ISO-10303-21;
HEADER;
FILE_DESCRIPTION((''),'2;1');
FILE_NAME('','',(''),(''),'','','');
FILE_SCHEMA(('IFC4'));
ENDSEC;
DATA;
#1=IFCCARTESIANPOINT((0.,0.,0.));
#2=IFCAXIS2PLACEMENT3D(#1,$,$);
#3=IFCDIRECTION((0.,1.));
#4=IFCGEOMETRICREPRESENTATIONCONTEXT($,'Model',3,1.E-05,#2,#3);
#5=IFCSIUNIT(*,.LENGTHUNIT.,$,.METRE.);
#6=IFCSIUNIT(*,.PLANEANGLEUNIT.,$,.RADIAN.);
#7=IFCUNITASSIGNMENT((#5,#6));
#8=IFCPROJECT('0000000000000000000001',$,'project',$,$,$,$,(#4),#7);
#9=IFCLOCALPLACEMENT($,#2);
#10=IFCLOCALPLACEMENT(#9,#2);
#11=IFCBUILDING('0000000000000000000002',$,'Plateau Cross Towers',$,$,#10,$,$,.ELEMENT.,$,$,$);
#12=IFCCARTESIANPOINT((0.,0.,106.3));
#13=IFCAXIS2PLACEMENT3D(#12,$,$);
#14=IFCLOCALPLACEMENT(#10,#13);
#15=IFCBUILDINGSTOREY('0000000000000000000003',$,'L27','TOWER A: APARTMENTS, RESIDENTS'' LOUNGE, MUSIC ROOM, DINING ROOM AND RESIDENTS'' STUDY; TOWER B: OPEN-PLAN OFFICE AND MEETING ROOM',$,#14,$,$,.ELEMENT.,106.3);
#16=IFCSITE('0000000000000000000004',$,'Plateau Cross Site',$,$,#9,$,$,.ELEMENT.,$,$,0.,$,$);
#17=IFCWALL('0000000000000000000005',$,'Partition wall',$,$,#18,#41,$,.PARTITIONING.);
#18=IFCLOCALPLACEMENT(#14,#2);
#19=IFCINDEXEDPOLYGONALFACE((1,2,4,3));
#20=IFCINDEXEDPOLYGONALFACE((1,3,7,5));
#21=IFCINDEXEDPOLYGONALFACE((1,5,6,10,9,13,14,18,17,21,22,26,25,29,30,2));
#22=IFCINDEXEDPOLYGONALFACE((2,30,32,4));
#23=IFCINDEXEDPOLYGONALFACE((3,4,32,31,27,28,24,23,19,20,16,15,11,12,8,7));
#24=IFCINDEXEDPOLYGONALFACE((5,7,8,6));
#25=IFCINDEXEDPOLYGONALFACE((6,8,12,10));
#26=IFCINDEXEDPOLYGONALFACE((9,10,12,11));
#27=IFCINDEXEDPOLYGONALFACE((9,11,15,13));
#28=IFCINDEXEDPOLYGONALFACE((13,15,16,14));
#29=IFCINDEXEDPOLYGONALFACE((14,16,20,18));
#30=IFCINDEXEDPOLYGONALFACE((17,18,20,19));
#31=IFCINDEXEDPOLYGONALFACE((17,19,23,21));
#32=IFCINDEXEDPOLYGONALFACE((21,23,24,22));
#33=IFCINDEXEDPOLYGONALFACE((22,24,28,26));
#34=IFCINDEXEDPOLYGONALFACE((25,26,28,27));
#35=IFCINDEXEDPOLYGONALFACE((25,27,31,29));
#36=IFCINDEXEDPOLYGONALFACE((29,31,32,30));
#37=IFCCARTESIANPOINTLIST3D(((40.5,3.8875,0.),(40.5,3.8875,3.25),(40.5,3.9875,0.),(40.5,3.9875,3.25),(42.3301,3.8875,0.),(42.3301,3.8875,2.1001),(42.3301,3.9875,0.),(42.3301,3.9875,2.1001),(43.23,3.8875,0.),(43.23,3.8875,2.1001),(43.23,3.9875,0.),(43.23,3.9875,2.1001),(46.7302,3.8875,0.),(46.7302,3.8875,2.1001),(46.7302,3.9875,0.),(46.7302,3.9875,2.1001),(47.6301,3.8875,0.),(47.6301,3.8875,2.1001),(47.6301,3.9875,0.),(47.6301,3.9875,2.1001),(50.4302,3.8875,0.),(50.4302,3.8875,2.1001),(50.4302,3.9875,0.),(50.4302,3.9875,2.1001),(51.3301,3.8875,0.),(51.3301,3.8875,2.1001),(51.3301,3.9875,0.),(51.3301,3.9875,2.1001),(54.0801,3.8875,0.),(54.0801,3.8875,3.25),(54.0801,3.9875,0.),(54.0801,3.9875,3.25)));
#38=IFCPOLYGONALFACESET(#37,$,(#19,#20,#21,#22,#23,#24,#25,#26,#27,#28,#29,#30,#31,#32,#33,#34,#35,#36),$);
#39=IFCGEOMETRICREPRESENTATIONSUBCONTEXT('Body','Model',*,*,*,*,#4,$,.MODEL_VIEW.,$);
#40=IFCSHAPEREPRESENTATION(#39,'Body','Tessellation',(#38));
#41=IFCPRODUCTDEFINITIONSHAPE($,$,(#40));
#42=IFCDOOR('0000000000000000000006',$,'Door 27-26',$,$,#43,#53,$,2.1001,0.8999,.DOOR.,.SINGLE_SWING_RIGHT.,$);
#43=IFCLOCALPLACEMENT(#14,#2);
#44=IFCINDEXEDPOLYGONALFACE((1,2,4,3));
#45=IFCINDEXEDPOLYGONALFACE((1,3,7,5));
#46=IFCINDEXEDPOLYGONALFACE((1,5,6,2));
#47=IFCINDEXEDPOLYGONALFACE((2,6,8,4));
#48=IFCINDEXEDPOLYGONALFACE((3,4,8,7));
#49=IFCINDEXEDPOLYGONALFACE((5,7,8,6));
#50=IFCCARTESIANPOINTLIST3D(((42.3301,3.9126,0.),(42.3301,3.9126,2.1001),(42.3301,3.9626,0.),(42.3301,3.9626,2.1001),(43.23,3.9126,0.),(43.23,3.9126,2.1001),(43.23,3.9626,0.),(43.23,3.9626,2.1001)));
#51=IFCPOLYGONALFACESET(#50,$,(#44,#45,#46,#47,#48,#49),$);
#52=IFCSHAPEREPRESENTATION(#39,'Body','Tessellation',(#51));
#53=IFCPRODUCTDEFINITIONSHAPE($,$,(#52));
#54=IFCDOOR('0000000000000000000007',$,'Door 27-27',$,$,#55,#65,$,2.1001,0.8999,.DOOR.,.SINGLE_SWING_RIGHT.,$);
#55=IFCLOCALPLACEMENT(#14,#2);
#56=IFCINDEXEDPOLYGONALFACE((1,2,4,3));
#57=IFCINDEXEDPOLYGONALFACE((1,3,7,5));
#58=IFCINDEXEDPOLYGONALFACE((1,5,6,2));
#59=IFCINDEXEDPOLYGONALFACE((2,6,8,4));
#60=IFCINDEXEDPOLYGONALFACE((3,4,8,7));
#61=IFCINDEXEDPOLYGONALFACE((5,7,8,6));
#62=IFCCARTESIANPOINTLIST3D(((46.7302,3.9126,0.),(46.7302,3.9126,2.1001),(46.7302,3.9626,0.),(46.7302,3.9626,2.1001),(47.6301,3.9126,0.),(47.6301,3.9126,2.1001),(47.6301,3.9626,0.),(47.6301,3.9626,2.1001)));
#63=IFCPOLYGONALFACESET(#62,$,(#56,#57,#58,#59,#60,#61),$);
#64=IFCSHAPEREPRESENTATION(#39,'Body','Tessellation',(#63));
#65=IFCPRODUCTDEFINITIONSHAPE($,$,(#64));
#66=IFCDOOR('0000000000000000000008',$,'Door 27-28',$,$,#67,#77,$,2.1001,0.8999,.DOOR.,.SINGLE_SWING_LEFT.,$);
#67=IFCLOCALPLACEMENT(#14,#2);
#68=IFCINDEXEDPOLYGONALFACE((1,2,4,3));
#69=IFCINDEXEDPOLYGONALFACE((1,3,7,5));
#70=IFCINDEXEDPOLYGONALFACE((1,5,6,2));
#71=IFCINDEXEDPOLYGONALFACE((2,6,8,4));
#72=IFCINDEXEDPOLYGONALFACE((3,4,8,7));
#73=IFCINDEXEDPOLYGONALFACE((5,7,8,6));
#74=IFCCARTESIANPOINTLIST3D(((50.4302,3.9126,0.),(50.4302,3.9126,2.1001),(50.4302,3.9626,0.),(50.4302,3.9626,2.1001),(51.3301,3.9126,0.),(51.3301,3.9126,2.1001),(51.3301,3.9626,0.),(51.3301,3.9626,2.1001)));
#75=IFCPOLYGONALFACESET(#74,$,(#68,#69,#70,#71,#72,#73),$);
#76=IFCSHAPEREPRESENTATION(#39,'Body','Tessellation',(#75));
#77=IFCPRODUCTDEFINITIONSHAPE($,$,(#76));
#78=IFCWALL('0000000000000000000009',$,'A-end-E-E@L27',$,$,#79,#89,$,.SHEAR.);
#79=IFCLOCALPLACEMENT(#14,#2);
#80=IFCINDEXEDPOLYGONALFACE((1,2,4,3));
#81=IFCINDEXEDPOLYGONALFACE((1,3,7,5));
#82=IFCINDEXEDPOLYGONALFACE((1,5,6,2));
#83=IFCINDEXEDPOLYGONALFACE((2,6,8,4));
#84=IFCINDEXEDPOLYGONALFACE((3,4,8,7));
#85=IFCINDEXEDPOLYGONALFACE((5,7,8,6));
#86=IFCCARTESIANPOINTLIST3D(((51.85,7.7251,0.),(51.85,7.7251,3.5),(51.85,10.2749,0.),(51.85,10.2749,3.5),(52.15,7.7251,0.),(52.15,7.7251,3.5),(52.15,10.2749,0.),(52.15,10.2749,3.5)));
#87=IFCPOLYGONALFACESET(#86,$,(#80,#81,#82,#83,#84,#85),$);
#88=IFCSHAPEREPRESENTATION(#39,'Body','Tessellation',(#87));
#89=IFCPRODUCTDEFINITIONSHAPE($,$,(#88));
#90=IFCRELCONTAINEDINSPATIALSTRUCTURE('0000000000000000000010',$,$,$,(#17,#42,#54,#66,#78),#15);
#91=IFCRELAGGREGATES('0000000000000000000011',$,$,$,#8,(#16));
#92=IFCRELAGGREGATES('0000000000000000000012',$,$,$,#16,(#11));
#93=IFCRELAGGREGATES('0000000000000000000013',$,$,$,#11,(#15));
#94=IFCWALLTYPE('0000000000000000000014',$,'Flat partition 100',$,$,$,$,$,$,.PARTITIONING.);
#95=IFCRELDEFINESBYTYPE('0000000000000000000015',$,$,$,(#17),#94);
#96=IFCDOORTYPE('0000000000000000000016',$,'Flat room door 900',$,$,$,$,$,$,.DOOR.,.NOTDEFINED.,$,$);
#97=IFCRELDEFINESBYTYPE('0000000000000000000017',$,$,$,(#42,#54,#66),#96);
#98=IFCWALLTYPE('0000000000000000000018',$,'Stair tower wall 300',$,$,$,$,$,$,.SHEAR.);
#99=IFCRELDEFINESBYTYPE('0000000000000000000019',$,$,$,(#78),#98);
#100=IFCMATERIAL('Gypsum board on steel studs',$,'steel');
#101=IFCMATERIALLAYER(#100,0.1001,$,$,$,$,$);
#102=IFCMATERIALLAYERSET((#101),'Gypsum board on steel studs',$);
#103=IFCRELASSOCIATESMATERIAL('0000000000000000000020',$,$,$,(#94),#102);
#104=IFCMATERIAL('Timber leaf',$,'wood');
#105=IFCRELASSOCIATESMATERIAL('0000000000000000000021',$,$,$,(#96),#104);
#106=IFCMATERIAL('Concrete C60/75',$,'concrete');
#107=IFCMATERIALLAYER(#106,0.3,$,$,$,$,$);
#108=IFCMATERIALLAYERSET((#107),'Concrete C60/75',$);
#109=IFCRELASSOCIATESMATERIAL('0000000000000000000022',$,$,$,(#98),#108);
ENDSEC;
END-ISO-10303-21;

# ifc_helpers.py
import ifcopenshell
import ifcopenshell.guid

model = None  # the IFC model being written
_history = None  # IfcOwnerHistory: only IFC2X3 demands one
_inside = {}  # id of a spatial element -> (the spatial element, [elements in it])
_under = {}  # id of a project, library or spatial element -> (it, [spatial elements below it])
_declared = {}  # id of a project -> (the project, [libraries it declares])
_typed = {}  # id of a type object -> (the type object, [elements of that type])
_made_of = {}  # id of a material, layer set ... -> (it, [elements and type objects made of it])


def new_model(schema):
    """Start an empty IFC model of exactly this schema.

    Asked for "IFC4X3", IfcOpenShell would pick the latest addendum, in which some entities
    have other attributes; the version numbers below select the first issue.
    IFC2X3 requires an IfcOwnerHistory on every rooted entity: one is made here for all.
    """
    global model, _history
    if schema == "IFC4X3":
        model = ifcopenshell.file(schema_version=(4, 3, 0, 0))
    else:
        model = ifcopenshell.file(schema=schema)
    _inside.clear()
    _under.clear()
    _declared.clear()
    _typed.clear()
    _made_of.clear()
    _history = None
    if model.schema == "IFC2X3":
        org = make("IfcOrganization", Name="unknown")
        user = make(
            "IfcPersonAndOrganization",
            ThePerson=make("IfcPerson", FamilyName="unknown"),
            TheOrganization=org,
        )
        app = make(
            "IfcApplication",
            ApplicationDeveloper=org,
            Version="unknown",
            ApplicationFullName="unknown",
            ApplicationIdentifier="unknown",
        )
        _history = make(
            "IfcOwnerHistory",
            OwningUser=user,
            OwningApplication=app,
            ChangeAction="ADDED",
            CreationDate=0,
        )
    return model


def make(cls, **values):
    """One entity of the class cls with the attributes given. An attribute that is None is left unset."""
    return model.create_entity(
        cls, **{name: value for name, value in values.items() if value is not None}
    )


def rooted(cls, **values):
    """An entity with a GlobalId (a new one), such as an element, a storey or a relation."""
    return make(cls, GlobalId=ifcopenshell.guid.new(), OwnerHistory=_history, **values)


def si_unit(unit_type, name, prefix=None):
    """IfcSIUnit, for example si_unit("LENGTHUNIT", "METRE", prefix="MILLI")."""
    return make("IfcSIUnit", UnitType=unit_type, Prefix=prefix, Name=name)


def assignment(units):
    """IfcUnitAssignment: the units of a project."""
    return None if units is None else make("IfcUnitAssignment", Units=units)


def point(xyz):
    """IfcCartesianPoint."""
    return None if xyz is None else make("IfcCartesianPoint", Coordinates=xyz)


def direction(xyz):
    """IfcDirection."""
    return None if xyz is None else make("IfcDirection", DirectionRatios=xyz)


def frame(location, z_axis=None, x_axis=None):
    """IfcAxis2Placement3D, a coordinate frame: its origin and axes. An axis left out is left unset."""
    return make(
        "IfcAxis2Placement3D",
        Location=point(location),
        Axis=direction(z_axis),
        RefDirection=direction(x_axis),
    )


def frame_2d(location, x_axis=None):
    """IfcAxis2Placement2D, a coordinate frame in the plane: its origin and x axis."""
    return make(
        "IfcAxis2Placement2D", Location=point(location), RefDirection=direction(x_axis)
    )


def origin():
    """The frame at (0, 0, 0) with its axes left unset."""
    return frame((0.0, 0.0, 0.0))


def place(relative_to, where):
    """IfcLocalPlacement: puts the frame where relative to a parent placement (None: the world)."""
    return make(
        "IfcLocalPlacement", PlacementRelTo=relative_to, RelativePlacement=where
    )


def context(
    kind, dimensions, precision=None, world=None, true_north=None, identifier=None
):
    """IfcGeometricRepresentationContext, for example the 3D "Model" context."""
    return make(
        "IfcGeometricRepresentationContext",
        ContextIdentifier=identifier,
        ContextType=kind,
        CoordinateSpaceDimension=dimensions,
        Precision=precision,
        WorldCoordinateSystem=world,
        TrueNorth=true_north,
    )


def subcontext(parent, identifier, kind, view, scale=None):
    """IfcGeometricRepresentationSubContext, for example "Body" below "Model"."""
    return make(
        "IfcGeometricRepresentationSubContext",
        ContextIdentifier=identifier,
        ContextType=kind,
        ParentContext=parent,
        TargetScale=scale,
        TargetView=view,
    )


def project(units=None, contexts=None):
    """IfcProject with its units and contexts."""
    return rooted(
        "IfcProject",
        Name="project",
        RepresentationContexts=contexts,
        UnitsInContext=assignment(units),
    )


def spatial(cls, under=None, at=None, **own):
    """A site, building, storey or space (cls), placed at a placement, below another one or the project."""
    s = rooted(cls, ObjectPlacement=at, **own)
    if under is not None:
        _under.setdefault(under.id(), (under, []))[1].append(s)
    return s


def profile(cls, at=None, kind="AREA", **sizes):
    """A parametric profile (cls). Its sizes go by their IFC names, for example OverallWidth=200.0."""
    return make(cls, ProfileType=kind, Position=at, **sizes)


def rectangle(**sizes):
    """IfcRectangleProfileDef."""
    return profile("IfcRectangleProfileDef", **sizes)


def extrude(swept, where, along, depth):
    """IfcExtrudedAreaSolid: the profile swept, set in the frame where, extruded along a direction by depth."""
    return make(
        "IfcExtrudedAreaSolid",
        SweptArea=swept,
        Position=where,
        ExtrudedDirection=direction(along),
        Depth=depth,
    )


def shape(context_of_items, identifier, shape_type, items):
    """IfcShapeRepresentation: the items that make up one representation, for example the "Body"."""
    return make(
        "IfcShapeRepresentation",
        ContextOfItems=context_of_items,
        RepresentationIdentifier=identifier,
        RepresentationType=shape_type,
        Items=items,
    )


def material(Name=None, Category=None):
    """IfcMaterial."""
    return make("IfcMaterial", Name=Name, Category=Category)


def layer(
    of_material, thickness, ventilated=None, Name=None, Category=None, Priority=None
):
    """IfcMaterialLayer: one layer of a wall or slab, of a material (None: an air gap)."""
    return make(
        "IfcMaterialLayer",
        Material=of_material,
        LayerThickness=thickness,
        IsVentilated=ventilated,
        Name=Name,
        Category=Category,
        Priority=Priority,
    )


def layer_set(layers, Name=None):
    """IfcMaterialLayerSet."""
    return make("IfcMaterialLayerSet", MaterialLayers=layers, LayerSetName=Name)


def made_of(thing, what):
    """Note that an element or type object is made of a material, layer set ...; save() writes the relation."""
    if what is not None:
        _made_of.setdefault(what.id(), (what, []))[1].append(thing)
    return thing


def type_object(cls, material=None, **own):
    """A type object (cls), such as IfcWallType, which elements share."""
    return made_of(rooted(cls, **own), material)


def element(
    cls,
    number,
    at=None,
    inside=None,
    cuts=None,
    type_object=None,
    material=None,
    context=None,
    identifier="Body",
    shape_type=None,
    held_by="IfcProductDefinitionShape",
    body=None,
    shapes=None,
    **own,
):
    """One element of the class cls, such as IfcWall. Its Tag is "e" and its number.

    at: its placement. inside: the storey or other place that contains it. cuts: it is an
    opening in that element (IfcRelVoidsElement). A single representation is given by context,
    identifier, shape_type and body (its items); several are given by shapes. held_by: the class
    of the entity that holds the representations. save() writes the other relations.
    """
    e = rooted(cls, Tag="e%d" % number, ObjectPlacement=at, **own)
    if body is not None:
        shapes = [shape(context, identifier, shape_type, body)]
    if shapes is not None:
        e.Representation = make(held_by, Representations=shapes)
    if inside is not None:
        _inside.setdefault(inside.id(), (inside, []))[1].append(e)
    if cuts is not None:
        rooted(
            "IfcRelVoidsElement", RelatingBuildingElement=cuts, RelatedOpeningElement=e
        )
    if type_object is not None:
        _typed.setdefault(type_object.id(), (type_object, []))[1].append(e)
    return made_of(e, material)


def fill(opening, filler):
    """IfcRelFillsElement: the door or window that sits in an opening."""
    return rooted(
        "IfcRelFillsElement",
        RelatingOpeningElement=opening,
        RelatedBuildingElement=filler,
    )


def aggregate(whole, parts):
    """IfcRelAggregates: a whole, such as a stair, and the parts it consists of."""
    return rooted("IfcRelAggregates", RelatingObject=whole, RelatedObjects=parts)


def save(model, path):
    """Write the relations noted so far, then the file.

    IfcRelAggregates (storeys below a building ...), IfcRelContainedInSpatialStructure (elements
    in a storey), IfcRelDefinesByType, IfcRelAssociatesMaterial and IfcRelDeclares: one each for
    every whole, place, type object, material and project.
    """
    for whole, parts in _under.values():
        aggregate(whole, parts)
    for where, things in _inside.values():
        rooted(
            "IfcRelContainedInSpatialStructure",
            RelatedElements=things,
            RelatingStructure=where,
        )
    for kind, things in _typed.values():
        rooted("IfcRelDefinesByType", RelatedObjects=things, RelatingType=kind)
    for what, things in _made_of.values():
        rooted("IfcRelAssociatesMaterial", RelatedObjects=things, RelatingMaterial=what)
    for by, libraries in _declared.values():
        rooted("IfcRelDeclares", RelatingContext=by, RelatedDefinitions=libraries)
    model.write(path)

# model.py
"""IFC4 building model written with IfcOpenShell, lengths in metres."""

from ifc_helpers import new_model, si_unit, direction, frame, frame_2d, origin, place, context, subcontext, project, spatial, rectangle, extrude, material, layer, layer_set, type_object, element, fill, save


model = new_model("IFC4")

# Units and contexts
model_context = context("Model", 3, precision=1e-05, world=origin(), true_north=direction((0.0, 1.0)))
body_context = subcontext(model_context, "Body", "Model", "MODEL_VIEW")
ifc_project = project(units=[si_unit("LENGTHUNIT", "METRE"), si_unit("PLANEANGLEUNIT", "RADIAN")], contexts=[model_context])

# Site, building, storey
site_placement = place(None, origin())
site = spatial("IfcSite", under=ifc_project, at=site_placement, Name="Plateau Cross Site", CompositionType="ELEMENT", RefElevation=0.0)
building_placement = place(site_placement, origin())
building = spatial("IfcBuilding", under=site, at=building_placement, Name="Plateau Cross Towers", CompositionType="ELEMENT")
storey_placement = place(building_placement, frame((0.0, 0.0, 106.3)))
storey = spatial("IfcBuildingStorey", under=building, at=storey_placement, Name="L27", Description="TOWER A: APARTMENTS, RESIDENTS' LOUNGE, MUSIC ROOM, DINING ROOM AND RESIDENTS' STUDY; TOWER B: OPEN-PLAN OFFICE AND MEETING ROOM", CompositionType="ELEMENT", Elevation=106.3)

# Shared definitions
ifc_material_1 = material(Name="Concrete C60/75", Category="concrete")

# Wall, openings, doors
ifc_material_2 = material(Name="Gypsum board on steel studs", Category="steel")
ifc_layer_1 = layer(ifc_material_2, 0.1001)
ifc_layer_set_1 = layer_set([ifc_layer_1], Name="Gypsum board on steel studs")
wall_type_1 = type_object("IfcWallType", Name="Flat partition 100", PredefinedType="PARTITIONING", material=ifc_layer_set_1)
wall_1_placement = place(storey_placement, frame((54.0801, 3.9375, 0.0), z_axis=(0.0, 0.0, 1.0), x_axis=(-1.0, 0.0, 0.0)))
wall_1 = element("IfcWall", 1, at=wall_1_placement, inside=storey, type_object=wall_type_1, Name="Partition wall", PredefinedType="PARTITIONING", context=body_context, shape_type="SweptSolid", body=[
    extrude(rectangle(XDim=13.5801, YDim=0.1001, at=frame_2d((6.79, 0.0))), origin(), (0.0, 0.0, 1.0), 3.25),
])
opening_1_placement = place(wall_1_placement, frame((10.8501, 0.0, 0.0)))
opening_1 = element("IfcOpeningElement", 2, at=opening_1_placement, cuts=wall_1, PredefinedType="OPENING", context=body_context, shape_type="SweptSolid", body=[
    extrude(rectangle(XDim=0.8999, YDim=2.1001, at=frame_2d((0.45, 1.05))), frame((0.0, 0.0601, 0.0), z_axis=(0.0, -1.0, 0.0), x_axis=(1.0, 0.0, 0.0)), (0.0, 0.0, 1.0), 0.1201),
])
opening_2_placement = place(wall_1_placement, frame((6.45, 0.0, 0.0)))
opening_2 = element("IfcOpeningElement", 3, at=opening_2_placement, cuts=wall_1, PredefinedType="OPENING", context=body_context, shape_type="SweptSolid", body=[
    extrude(rectangle(XDim=0.8999, YDim=2.1001, at=frame_2d((0.45, 1.05))), frame((0.0, 0.0601, 0.0), z_axis=(0.0, -1.0, 0.0), x_axis=(1.0, 0.0, 0.0)), (0.0, 0.0, 1.0), 0.1201),
])
opening_3_placement = place(wall_1_placement, frame((2.75, 0.0, 0.0)))
opening_3 = element("IfcOpeningElement", 4, at=opening_3_placement, cuts=wall_1, PredefinedType="OPENING", context=body_context, shape_type="SweptSolid", body=[
    extrude(rectangle(XDim=0.8999, YDim=2.1001, at=frame_2d((0.45, 1.05))), frame((0.0, 0.0601, 0.0), z_axis=(0.0, -1.0, 0.0), x_axis=(1.0, 0.0, 0.0)), (0.0, 0.0, 1.0), 0.1201),
])
ifc_material_3 = material(Name="Timber leaf", Category="wood")
door_type = type_object("IfcDoorType", Name="Flat room door 900", OperationType="NOTDEFINED", PredefinedType="DOOR", material=ifc_material_3)
door_1_placement = place(opening_1_placement, origin())
door_1 = element("IfcDoor", 5, at=door_1_placement, inside=storey, type_object=door_type, Name="Door 27-26", OperationType="SINGLE_SWING_RIGHT", OverallHeight=2.1001, OverallWidth=0.8999, PredefinedType="DOOR", context=body_context, shape_type="SweptSolid", body=[
    extrude(rectangle(XDim=0.8999, YDim=2.1001, at=frame_2d((0.45, 1.05))), frame((0.0, 0.0249, 0.0), z_axis=(0.0, -1.0, 0.0), x_axis=(1.0, 0.0, 0.0)), (0.0, 0.0, 1.0), 0.05),
])
fill(opening_1, door_1)
door_2_placement = place(opening_2_placement, origin())
door_2 = element("IfcDoor", 6, at=door_2_placement, inside=storey, type_object=door_type, Name="Door 27-27", OperationType="SINGLE_SWING_RIGHT", OverallHeight=2.1001, OverallWidth=0.8999, PredefinedType="DOOR", context=body_context, shape_type="SweptSolid", body=[
    extrude(rectangle(XDim=0.8999, YDim=2.1001, at=frame_2d((0.45, 1.05))), frame((0.0, 0.0249, 0.0), z_axis=(0.0, -1.0, 0.0), x_axis=(1.0, 0.0, 0.0)), (0.0, 0.0, 1.0), 0.05),
])
fill(opening_2, door_2)
door_3_placement = place(opening_3_placement, origin())
door_3 = element("IfcDoor", 7, at=door_3_placement, inside=storey, type_object=door_type, Name="Door 27-28", OperationType="SINGLE_SWING_LEFT", OverallHeight=2.1001, OverallWidth=0.8999, PredefinedType="DOOR", context=body_context, shape_type="SweptSolid", body=[
    extrude(rectangle(XDim=0.8999, YDim=2.1001, at=frame_2d((0.45, 1.05))), frame((0.0, 0.0249, 0.0), z_axis=(0.0, -1.0, 0.0), x_axis=(1.0, 0.0, 0.0)), (0.0, 0.0, 1.0), 0.05),
])
fill(opening_3, door_3)

# Wall
ifc_layer_2 = layer(ifc_material_1, 0.3)
ifc_layer_set_2 = layer_set([ifc_layer_2], Name="Concrete C60/75")
wall_type_2 = type_object("IfcWallType", Name="Stair tower wall 300", PredefinedType="SHEAR", material=ifc_layer_set_2)
wall_2_placement = place(storey_placement, frame((52.0, 7.7251, 0.0), z_axis=(0.0, 0.0, 1.0), x_axis=(0.0, 1.0, 0.0)))
element("IfcWall", 8, at=wall_2_placement, inside=storey, type_object=wall_type_2, Name="A-end-E-E@L27", PredefinedType="SHEAR", context=body_context, shape_type="SweptSolid", body=[
    extrude(rectangle(XDim=2.5498, YDim=0.3, at=frame_2d((1.2749, 0.0))), origin(), (0.0, 0.0, 1.0), 3.5),
])

save(model, "model.ifc")
